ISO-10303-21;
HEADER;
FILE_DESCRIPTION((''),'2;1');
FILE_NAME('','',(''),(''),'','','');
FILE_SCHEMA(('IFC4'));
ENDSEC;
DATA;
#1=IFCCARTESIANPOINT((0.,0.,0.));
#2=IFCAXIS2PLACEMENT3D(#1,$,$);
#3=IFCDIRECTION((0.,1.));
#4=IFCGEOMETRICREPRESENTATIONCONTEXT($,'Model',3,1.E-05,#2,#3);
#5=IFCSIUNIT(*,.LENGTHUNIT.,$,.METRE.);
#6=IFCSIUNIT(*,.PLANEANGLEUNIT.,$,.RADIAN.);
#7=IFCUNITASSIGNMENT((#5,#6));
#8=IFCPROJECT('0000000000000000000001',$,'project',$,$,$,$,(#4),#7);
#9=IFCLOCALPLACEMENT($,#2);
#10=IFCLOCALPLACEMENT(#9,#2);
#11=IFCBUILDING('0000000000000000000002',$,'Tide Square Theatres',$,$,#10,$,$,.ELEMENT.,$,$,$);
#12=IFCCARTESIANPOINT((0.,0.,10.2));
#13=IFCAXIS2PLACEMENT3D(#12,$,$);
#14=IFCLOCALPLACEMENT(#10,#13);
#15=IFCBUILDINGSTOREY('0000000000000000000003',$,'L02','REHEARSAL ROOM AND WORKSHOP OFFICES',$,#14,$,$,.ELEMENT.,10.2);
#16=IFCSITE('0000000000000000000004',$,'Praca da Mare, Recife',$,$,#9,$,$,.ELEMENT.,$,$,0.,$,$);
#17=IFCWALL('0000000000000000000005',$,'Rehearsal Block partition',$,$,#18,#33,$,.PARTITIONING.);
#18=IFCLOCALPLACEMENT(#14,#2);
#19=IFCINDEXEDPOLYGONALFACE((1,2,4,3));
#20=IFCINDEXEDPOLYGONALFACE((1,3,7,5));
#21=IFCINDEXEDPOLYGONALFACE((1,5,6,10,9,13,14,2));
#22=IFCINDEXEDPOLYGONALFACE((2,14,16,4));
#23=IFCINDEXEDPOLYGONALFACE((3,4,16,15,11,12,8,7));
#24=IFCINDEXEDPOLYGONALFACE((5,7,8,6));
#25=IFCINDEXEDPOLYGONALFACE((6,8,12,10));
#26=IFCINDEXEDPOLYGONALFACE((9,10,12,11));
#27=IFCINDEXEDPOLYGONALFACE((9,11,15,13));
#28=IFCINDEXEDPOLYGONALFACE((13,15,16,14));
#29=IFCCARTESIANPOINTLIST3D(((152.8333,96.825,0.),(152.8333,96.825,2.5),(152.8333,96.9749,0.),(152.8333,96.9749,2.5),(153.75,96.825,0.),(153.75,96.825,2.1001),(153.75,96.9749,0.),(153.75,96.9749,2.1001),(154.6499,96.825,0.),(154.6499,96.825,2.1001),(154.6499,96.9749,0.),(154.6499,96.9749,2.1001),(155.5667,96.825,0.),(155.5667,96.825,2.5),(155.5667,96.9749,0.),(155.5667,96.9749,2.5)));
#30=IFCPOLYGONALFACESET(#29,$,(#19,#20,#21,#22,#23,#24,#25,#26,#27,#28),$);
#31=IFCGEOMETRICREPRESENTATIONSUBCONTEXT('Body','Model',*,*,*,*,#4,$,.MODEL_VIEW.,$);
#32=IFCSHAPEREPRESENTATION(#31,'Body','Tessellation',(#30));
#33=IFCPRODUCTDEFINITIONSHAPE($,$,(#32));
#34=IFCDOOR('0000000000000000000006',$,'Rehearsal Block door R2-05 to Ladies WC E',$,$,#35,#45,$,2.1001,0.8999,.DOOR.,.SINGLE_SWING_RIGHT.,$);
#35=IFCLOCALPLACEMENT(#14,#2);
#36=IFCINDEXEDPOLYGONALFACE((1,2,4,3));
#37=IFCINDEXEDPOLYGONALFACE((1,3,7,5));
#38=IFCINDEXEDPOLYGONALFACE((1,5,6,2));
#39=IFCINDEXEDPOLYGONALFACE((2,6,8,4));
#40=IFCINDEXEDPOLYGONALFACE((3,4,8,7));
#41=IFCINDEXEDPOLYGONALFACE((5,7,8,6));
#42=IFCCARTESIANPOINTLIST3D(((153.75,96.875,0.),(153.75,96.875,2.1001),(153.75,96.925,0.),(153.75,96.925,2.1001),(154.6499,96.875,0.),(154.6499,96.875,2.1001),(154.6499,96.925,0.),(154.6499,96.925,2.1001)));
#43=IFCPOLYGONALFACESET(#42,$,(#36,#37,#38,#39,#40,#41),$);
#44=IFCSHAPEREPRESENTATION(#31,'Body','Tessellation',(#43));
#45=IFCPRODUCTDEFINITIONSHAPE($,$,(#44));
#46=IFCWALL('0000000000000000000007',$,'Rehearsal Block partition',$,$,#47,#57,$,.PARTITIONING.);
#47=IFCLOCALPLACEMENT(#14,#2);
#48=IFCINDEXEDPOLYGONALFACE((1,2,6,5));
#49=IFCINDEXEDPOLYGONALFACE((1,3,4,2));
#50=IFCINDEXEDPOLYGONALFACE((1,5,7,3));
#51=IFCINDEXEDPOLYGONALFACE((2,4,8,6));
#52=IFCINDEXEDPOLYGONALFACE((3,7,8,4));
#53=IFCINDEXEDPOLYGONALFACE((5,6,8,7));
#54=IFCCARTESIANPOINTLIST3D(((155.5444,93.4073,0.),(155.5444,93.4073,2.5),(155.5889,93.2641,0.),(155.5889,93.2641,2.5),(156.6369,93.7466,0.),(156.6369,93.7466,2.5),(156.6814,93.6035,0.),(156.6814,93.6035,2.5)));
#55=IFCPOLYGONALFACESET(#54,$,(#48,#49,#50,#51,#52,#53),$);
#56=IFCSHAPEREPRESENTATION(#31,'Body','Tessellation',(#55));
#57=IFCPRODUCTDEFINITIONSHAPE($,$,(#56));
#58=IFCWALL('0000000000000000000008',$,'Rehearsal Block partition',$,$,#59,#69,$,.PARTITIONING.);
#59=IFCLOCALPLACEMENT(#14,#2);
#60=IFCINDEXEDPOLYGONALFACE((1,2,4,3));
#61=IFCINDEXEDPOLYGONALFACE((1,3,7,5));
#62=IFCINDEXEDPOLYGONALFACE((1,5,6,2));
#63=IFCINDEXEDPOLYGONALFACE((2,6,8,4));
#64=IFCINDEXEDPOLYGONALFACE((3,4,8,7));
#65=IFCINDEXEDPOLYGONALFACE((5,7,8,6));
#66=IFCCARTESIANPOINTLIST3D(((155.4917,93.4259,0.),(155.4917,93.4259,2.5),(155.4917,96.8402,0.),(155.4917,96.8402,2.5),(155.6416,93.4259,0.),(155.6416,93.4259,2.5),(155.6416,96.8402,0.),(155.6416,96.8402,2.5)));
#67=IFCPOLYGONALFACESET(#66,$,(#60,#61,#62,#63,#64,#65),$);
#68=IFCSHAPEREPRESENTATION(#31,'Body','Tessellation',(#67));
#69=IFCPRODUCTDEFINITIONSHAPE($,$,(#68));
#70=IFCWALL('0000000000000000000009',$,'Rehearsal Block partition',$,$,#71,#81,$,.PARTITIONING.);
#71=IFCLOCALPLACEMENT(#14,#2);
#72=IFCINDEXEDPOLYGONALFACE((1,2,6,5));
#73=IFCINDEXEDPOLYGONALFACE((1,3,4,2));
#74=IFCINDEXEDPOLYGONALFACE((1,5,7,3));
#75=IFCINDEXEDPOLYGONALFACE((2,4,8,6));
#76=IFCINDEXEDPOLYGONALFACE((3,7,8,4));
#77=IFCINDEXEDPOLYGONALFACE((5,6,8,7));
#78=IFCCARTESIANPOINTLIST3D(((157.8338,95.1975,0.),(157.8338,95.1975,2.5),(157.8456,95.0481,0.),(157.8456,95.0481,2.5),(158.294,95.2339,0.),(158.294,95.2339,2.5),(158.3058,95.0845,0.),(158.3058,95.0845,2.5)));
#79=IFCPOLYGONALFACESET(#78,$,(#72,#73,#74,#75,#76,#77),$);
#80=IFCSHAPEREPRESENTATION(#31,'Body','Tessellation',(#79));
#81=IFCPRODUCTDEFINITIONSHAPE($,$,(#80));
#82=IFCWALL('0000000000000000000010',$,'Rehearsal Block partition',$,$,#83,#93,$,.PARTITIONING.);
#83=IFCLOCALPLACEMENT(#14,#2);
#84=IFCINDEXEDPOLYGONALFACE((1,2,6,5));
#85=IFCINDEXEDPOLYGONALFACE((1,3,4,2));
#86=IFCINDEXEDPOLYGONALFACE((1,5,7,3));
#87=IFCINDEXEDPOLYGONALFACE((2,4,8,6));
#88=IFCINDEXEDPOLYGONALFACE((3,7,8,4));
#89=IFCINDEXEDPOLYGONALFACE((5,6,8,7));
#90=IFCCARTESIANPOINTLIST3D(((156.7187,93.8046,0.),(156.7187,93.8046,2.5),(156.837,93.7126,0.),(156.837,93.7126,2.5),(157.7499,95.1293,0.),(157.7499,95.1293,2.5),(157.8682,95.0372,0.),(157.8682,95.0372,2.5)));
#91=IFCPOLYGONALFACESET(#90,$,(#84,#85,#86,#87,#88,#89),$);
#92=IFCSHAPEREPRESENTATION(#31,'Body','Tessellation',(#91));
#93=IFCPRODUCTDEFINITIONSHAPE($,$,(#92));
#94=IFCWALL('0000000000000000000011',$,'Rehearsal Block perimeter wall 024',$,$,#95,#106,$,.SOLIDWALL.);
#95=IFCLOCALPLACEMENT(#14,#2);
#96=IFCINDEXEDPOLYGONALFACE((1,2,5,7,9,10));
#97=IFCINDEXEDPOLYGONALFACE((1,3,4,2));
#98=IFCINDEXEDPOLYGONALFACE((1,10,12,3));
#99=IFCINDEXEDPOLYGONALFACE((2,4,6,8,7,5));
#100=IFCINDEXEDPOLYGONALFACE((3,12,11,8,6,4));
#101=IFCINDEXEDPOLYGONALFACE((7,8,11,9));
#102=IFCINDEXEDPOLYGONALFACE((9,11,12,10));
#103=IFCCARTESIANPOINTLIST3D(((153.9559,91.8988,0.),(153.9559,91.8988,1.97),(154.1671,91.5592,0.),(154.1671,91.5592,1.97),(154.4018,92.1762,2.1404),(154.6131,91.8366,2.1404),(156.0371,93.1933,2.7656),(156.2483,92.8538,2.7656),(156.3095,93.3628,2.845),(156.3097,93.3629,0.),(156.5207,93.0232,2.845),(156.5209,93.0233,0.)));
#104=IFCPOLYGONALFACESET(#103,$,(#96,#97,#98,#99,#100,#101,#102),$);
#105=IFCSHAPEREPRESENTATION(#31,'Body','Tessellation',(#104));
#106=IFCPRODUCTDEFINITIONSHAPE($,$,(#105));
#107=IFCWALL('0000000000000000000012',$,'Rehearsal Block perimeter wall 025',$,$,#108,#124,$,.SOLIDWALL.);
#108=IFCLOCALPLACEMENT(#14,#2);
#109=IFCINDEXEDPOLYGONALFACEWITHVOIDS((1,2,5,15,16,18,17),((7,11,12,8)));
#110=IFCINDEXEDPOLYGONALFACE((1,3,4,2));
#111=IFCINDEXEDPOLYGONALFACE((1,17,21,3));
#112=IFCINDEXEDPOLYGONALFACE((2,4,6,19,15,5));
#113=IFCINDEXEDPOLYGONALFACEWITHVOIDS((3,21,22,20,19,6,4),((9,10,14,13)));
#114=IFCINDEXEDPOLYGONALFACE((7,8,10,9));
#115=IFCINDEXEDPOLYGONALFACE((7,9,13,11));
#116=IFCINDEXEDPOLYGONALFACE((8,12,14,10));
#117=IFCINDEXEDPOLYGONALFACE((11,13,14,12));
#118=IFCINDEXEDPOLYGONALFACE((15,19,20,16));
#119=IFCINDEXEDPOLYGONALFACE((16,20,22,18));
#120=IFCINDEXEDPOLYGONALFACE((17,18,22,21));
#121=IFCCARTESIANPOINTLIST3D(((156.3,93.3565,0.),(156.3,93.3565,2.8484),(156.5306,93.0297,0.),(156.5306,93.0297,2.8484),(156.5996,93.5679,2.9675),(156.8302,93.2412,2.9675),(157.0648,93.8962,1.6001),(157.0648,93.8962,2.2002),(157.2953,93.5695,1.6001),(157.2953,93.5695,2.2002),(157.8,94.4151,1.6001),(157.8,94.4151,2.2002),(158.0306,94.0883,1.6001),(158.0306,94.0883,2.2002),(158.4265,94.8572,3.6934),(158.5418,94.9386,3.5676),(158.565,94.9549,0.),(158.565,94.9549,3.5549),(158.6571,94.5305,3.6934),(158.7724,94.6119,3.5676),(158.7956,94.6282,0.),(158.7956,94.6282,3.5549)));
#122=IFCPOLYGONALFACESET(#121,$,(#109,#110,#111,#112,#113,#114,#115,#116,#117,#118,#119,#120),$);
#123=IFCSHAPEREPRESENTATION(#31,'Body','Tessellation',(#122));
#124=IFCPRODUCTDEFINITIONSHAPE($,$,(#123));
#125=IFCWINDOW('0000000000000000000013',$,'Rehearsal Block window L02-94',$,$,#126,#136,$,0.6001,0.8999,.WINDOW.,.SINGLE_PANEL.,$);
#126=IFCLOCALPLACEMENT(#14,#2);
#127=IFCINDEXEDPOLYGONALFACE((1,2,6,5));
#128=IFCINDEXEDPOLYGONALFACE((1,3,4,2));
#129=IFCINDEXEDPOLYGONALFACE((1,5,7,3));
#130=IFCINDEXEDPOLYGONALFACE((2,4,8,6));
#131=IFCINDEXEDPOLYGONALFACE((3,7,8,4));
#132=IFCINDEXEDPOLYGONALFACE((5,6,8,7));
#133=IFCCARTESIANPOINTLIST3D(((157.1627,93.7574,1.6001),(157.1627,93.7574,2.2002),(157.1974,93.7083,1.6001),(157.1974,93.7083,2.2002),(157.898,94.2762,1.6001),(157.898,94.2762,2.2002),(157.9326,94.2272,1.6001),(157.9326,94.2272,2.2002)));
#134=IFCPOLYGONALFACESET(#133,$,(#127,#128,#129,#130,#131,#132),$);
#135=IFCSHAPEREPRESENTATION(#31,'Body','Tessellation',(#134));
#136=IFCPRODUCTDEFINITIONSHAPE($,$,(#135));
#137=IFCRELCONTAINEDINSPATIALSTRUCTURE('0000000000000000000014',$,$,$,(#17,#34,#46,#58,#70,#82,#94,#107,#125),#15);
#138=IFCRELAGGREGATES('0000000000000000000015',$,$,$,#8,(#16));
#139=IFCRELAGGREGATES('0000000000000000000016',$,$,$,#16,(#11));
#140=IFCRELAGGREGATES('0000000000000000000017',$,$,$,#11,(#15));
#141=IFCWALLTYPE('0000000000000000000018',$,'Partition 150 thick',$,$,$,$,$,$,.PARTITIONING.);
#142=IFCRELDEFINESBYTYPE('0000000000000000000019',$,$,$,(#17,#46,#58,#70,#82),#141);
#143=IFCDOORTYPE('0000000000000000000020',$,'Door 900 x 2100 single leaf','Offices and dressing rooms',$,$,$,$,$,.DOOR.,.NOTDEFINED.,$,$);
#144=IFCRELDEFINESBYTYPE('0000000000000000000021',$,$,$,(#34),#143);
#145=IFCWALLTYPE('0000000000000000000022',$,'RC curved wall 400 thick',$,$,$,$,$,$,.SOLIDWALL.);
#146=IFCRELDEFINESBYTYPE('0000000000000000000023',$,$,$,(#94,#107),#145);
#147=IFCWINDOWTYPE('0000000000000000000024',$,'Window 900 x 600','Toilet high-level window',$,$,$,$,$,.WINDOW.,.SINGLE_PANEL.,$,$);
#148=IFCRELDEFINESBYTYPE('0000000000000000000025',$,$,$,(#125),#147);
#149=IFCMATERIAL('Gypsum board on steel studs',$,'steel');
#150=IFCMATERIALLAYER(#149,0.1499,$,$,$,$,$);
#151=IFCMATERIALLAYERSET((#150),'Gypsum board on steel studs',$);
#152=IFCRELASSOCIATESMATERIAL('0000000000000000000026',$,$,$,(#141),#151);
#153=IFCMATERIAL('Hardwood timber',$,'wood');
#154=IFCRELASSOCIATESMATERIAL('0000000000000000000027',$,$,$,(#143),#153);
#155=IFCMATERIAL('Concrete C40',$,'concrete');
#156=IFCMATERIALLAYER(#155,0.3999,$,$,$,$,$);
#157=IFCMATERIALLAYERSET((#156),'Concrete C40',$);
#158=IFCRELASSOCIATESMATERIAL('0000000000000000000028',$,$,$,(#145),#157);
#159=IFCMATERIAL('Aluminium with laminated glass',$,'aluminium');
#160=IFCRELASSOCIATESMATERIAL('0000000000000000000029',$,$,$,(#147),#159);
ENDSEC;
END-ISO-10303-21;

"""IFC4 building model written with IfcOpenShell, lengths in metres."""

from ifc_helpers import new_model, si_unit, direction, frame, frame_2d, origin, place, context, subcontext, project, spatial, polyline, rectangle, outline, extrude, material, layer, layer_set, type_object, element, fill, save


model = new_model("IFC4")

# Units and contexts
model_context = context("Model", 3, precision=1e-05, world=origin(), true_north=direction((0.0, 1.0)))
body_context = subcontext(model_context, "Body", "Model", "MODEL_VIEW")
ifc_project = project(units=[si_unit("LENGTHUNIT", "METRE"), si_unit("PLANEANGLEUNIT", "RADIAN")], contexts=[model_context])

# Site, building, storey
site_placement = place(None, origin())
site = spatial("IfcSite", under=ifc_project, at=site_placement, Name="Praca da Mare, Recife", CompositionType="ELEMENT", RefElevation=0.0)
building_placement = place(site_placement, origin())
building = spatial("IfcBuilding", under=site, at=building_placement, Name="Tide Square Theatres", CompositionType="ELEMENT")
storey_placement = place(building_placement, frame((0.0, 0.0, 10.2)))
storey = spatial("IfcBuildingStorey", under=building, at=storey_placement, Name="L02", Description="REHEARSAL ROOM AND WORKSHOP OFFICES", CompositionType="ELEMENT", Elevation=10.2)

# Shared definitions
ifc_material_1 = material(Name="Gypsum board on steel studs", Category="steel")
ifc_layer_1 = layer(ifc_material_1, 0.1499)
ifc_layer_set_1 = layer_set([ifc_layer_1], Name="Gypsum board on steel studs")
wall_type_1 = type_object("IfcWallType", Name="Partition 150 thick", PredefinedType="PARTITIONING", material=ifc_layer_set_1)

# Shared definitions
ifc_material_2 = material(Name="Hardwood timber", Category="wood")
door_type_1 = type_object("IfcDoorType", Name="Door 900 x 2100 single leaf", Description="Offices and dressing rooms", OperationType="NOTDEFINED", PredefinedType="DOOR", material=ifc_material_2)

# Wall, opening, door
wall_1_placement = place(storey_placement, frame((155.5667, 96.8999, 0.0), z_axis=(0.0, 0.0, 1.0), x_axis=(-1.0, 0.0, 0.0)))
wall_1 = element("IfcWall", 1, at=wall_1_placement, inside=storey, type_object=wall_type_1, Name="Rehearsal Block partition", PredefinedType="PARTITIONING", context=body_context, shape_type="SweptSolid", body=[
    extrude(rectangle(XDim=2.7334, YDim=0.1499, at=frame_2d((1.3667, 0.0))), origin(), (0.0, 0.0, 1.0), 2.5),
])
opening_1_placement = place(wall_1_placement, frame((0.9167, 0.0, 0.0)))
opening_1 = element("IfcOpeningElement", 2, at=opening_1_placement, cuts=wall_1, PredefinedType="OPENING", context=body_context, shape_type="SweptSolid", body=[
    extrude(rectangle(XDim=0.8999, YDim=2.1001, at=frame_2d((0.45, 1.05))), frame((0.0, 0.085, 0.0), z_axis=(0.0, -1.0, 0.0), x_axis=(1.0, 0.0, 0.0)), (0.0, 0.0, 1.0), 0.1699),
])
door_1_placement = place(opening_1_placement, origin())
door_1 = element("IfcDoor", 3, at=door_1_placement, inside=storey, type_object=door_type_1, Name="Rehearsal Block door R2-05 to Ladies WC E", OperationType="SINGLE_SWING_RIGHT", OverallHeight=2.1001, OverallWidth=0.8999, PredefinedType="DOOR", context=body_context, shape_type="SweptSolid", body=[
    extrude(rectangle(XDim=0.8999, YDim=2.1001, at=frame_2d((0.45, 1.05))), frame((0.0, 0.0249, 0.0), z_axis=(0.0, -1.0, 0.0), x_axis=(1.0, 0.0, 0.0)), (0.0, 0.0, 1.0), 0.05),
])
fill(opening_1, door_1)

# Walls
wall_2_placement = place(storey_placement, frame((156.6592, 93.675, 0.0), z_axis=(0.0, 0.0, 1.0), x_axis=(-0.954991, -0.296634, 0.0)))
element("IfcWall", 4, at=wall_2_placement, inside=storey, type_object=wall_type_1, Name="Rehearsal Block partition", PredefinedType="PARTITIONING", context=body_context, shape_type="SweptSolid", body=[
    extrude(rectangle(XDim=1.144, YDim=0.1499, at=frame_2d((0.572, 0.0))), origin(), (0.0, 0.0, 1.0), 2.5),
])
wall_3_placement = place(storey_placement, frame((155.5667, 96.8401, 0.0), z_axis=(0.0, 0.0, 1.0), x_axis=(0.0, -1.0, 0.0)))
element("IfcWall", 5, at=wall_3_placement, inside=storey, type_object=wall_type_1, Name="Rehearsal Block partition", PredefinedType="PARTITIONING", context=body_context, shape_type="SweptSolid", body=[
    extrude(rectangle(XDim=3.4143, YDim=0.1499, at=frame_2d((1.707, 0.0))), origin(), (0.0, 0.0, 1.0), 2.5),
])
wall_4_placement = place(storey_placement, frame((158.3, 95.1592, 0.0), z_axis=(0.0, 0.0, 1.0), x_axis=(-0.996891, -0.078799, 0.0)))
element("IfcWall", 6, at=wall_4_placement, inside=storey, type_object=wall_type_1, Name="Rehearsal Block partition", PredefinedType="PARTITIONING", context=body_context, shape_type="SweptSolid", body=[
    extrude(rectangle(XDim=0.4617, YDim=0.1499, at=frame_2d((0.231, 0.0))), origin(), (0.0, 0.0, 1.0), 2.5),
])
wall_5_placement = place(storey_placement, frame((157.8091, 95.0833, 0.0), z_axis=(0.0, 0.0, 1.0), x_axis=(-0.614283, -0.789086, 0.0)))
element("IfcWall", 7, at=wall_5_placement, inside=storey, type_object=wall_type_1, Name="Rehearsal Block partition", PredefinedType="PARTITIONING", context=body_context, shape_type="SweptSolid", body=[
    extrude(rectangle(XDim=1.6787, YDim=0.1499, at=frame_2d((0.8394, 0.0))), origin(), (0.0, 0.0, 1.0), 2.5),
])
ifc_material_3 = material(Name="Concrete C40", Category="concrete")
ifc_layer_2 = layer(ifc_material_3, 0.3999)
ifc_layer_set_2 = layer_set([ifc_layer_2], Name="Concrete C40")
wall_type_2 = type_object("IfcWallType", Name="RC curved wall 400 thick", PredefinedType="SOLIDWALL", material=ifc_layer_set_2)
wall_6_placement = place(storey_placement, frame((154.0615, 91.729, 0.0), z_axis=(0.0, 0.0, 1.0), x_axis=(0.849129, 0.528185, 0.0)))
element("IfcWall", 8, at=wall_6_placement, inside=storey, type_object=wall_type_2, Name="Rehearsal Block perimeter wall 024", PredefinedType="SOLIDWALL", context=body_context, shape_type="SweptSolid", body=[
    extrude(outline(polyline([(0.0, 0.0), (2.772, 0.0), (2.7717, 2.845), (2.4509, 2.7656), (0.5251, 2.1404), (0.0, 1.97), (0.0, 0.0)])), frame((0.0, 0.2, 0.0), z_axis=(0.0, -1.0, 0.0), x_axis=(1.0, 0.0, 0.0)), (0.0, 0.0, 1.0), 0.3999),
])

# Wall, opening, window
wall_7_placement = place(storey_placement, frame((156.4153, 93.1931, 0.0), z_axis=(0.0, 0.0, 1.0), x_axis=(0.817029, 0.576597, 0.0)))
wall_7 = element("IfcWall", 9, at=wall_7_placement, inside=storey, type_object=wall_type_2, Name="Rehearsal Block perimeter wall 025", PredefinedType="SOLIDWALL", context=body_context, shape_type="SweptSolid", body=[
    extrude(outline(polyline([(0.0, 0.0), (2.7722, 0.0), (2.7722, 3.5549), (2.7439, 3.5676), (2.6028, 3.6934), (2.4617, 3.6475), (0.3667, 2.9675), (0.0, 2.8484), (0.0, 0.0)])), frame((0.0, 0.2, 0.0), z_axis=(0.0, -1.0, 0.0), x_axis=(1.0, 0.0, 0.0)), (0.0, 0.0, 1.0), 0.3999),
])
opening_2_placement = place(wall_7_placement, frame((0.936, 0.0, 1.6001)))
opening_2 = element("IfcOpeningElement", 10, at=opening_2_placement, cuts=wall_7, PredefinedType="OPENING", context=body_context, shape_type="SweptSolid", body=[
    extrude(rectangle(XDim=0.8999, YDim=0.6001, at=frame_2d((0.45, 0.3))), frame((0.0, 0.21, 0.0), z_axis=(0.0, -1.0, 0.0), x_axis=(1.0, 0.0, 0.0)), (0.0, 0.0, 1.0), 0.4199),
])
ifc_material_4 = material(Name="Aluminium with laminated glass", Category="aluminium")
window_type = type_object("IfcWindowType", Name="Window 900 x 600", Description="Toilet high-level window", PartitioningType="SINGLE_PANEL", PredefinedType="WINDOW", material=ifc_material_4)
window_placement = place(opening_2_placement, origin())
window = element("IfcWindow", 11, at=window_placement, inside=storey, type_object=window_type, Name="Rehearsal Block window L02-94", OverallHeight=0.6001, OverallWidth=0.8999, PartitioningType="SINGLE_PANEL", PredefinedType="WINDOW", context=body_context, shape_type="SweptSolid", body=[
    extrude(rectangle(XDim=0.8999, YDim=0.6001, at=frame_2d((0.45, 0.3))), frame((0.0, 0.03, 0.0), z_axis=(0.0, -1.0, 0.0), x_axis=(1.0, 0.0, 0.0)), (0.0, 0.0, 1.0), 0.0601),
])
fill(opening_2, window)

save(model, "model.ifc")
